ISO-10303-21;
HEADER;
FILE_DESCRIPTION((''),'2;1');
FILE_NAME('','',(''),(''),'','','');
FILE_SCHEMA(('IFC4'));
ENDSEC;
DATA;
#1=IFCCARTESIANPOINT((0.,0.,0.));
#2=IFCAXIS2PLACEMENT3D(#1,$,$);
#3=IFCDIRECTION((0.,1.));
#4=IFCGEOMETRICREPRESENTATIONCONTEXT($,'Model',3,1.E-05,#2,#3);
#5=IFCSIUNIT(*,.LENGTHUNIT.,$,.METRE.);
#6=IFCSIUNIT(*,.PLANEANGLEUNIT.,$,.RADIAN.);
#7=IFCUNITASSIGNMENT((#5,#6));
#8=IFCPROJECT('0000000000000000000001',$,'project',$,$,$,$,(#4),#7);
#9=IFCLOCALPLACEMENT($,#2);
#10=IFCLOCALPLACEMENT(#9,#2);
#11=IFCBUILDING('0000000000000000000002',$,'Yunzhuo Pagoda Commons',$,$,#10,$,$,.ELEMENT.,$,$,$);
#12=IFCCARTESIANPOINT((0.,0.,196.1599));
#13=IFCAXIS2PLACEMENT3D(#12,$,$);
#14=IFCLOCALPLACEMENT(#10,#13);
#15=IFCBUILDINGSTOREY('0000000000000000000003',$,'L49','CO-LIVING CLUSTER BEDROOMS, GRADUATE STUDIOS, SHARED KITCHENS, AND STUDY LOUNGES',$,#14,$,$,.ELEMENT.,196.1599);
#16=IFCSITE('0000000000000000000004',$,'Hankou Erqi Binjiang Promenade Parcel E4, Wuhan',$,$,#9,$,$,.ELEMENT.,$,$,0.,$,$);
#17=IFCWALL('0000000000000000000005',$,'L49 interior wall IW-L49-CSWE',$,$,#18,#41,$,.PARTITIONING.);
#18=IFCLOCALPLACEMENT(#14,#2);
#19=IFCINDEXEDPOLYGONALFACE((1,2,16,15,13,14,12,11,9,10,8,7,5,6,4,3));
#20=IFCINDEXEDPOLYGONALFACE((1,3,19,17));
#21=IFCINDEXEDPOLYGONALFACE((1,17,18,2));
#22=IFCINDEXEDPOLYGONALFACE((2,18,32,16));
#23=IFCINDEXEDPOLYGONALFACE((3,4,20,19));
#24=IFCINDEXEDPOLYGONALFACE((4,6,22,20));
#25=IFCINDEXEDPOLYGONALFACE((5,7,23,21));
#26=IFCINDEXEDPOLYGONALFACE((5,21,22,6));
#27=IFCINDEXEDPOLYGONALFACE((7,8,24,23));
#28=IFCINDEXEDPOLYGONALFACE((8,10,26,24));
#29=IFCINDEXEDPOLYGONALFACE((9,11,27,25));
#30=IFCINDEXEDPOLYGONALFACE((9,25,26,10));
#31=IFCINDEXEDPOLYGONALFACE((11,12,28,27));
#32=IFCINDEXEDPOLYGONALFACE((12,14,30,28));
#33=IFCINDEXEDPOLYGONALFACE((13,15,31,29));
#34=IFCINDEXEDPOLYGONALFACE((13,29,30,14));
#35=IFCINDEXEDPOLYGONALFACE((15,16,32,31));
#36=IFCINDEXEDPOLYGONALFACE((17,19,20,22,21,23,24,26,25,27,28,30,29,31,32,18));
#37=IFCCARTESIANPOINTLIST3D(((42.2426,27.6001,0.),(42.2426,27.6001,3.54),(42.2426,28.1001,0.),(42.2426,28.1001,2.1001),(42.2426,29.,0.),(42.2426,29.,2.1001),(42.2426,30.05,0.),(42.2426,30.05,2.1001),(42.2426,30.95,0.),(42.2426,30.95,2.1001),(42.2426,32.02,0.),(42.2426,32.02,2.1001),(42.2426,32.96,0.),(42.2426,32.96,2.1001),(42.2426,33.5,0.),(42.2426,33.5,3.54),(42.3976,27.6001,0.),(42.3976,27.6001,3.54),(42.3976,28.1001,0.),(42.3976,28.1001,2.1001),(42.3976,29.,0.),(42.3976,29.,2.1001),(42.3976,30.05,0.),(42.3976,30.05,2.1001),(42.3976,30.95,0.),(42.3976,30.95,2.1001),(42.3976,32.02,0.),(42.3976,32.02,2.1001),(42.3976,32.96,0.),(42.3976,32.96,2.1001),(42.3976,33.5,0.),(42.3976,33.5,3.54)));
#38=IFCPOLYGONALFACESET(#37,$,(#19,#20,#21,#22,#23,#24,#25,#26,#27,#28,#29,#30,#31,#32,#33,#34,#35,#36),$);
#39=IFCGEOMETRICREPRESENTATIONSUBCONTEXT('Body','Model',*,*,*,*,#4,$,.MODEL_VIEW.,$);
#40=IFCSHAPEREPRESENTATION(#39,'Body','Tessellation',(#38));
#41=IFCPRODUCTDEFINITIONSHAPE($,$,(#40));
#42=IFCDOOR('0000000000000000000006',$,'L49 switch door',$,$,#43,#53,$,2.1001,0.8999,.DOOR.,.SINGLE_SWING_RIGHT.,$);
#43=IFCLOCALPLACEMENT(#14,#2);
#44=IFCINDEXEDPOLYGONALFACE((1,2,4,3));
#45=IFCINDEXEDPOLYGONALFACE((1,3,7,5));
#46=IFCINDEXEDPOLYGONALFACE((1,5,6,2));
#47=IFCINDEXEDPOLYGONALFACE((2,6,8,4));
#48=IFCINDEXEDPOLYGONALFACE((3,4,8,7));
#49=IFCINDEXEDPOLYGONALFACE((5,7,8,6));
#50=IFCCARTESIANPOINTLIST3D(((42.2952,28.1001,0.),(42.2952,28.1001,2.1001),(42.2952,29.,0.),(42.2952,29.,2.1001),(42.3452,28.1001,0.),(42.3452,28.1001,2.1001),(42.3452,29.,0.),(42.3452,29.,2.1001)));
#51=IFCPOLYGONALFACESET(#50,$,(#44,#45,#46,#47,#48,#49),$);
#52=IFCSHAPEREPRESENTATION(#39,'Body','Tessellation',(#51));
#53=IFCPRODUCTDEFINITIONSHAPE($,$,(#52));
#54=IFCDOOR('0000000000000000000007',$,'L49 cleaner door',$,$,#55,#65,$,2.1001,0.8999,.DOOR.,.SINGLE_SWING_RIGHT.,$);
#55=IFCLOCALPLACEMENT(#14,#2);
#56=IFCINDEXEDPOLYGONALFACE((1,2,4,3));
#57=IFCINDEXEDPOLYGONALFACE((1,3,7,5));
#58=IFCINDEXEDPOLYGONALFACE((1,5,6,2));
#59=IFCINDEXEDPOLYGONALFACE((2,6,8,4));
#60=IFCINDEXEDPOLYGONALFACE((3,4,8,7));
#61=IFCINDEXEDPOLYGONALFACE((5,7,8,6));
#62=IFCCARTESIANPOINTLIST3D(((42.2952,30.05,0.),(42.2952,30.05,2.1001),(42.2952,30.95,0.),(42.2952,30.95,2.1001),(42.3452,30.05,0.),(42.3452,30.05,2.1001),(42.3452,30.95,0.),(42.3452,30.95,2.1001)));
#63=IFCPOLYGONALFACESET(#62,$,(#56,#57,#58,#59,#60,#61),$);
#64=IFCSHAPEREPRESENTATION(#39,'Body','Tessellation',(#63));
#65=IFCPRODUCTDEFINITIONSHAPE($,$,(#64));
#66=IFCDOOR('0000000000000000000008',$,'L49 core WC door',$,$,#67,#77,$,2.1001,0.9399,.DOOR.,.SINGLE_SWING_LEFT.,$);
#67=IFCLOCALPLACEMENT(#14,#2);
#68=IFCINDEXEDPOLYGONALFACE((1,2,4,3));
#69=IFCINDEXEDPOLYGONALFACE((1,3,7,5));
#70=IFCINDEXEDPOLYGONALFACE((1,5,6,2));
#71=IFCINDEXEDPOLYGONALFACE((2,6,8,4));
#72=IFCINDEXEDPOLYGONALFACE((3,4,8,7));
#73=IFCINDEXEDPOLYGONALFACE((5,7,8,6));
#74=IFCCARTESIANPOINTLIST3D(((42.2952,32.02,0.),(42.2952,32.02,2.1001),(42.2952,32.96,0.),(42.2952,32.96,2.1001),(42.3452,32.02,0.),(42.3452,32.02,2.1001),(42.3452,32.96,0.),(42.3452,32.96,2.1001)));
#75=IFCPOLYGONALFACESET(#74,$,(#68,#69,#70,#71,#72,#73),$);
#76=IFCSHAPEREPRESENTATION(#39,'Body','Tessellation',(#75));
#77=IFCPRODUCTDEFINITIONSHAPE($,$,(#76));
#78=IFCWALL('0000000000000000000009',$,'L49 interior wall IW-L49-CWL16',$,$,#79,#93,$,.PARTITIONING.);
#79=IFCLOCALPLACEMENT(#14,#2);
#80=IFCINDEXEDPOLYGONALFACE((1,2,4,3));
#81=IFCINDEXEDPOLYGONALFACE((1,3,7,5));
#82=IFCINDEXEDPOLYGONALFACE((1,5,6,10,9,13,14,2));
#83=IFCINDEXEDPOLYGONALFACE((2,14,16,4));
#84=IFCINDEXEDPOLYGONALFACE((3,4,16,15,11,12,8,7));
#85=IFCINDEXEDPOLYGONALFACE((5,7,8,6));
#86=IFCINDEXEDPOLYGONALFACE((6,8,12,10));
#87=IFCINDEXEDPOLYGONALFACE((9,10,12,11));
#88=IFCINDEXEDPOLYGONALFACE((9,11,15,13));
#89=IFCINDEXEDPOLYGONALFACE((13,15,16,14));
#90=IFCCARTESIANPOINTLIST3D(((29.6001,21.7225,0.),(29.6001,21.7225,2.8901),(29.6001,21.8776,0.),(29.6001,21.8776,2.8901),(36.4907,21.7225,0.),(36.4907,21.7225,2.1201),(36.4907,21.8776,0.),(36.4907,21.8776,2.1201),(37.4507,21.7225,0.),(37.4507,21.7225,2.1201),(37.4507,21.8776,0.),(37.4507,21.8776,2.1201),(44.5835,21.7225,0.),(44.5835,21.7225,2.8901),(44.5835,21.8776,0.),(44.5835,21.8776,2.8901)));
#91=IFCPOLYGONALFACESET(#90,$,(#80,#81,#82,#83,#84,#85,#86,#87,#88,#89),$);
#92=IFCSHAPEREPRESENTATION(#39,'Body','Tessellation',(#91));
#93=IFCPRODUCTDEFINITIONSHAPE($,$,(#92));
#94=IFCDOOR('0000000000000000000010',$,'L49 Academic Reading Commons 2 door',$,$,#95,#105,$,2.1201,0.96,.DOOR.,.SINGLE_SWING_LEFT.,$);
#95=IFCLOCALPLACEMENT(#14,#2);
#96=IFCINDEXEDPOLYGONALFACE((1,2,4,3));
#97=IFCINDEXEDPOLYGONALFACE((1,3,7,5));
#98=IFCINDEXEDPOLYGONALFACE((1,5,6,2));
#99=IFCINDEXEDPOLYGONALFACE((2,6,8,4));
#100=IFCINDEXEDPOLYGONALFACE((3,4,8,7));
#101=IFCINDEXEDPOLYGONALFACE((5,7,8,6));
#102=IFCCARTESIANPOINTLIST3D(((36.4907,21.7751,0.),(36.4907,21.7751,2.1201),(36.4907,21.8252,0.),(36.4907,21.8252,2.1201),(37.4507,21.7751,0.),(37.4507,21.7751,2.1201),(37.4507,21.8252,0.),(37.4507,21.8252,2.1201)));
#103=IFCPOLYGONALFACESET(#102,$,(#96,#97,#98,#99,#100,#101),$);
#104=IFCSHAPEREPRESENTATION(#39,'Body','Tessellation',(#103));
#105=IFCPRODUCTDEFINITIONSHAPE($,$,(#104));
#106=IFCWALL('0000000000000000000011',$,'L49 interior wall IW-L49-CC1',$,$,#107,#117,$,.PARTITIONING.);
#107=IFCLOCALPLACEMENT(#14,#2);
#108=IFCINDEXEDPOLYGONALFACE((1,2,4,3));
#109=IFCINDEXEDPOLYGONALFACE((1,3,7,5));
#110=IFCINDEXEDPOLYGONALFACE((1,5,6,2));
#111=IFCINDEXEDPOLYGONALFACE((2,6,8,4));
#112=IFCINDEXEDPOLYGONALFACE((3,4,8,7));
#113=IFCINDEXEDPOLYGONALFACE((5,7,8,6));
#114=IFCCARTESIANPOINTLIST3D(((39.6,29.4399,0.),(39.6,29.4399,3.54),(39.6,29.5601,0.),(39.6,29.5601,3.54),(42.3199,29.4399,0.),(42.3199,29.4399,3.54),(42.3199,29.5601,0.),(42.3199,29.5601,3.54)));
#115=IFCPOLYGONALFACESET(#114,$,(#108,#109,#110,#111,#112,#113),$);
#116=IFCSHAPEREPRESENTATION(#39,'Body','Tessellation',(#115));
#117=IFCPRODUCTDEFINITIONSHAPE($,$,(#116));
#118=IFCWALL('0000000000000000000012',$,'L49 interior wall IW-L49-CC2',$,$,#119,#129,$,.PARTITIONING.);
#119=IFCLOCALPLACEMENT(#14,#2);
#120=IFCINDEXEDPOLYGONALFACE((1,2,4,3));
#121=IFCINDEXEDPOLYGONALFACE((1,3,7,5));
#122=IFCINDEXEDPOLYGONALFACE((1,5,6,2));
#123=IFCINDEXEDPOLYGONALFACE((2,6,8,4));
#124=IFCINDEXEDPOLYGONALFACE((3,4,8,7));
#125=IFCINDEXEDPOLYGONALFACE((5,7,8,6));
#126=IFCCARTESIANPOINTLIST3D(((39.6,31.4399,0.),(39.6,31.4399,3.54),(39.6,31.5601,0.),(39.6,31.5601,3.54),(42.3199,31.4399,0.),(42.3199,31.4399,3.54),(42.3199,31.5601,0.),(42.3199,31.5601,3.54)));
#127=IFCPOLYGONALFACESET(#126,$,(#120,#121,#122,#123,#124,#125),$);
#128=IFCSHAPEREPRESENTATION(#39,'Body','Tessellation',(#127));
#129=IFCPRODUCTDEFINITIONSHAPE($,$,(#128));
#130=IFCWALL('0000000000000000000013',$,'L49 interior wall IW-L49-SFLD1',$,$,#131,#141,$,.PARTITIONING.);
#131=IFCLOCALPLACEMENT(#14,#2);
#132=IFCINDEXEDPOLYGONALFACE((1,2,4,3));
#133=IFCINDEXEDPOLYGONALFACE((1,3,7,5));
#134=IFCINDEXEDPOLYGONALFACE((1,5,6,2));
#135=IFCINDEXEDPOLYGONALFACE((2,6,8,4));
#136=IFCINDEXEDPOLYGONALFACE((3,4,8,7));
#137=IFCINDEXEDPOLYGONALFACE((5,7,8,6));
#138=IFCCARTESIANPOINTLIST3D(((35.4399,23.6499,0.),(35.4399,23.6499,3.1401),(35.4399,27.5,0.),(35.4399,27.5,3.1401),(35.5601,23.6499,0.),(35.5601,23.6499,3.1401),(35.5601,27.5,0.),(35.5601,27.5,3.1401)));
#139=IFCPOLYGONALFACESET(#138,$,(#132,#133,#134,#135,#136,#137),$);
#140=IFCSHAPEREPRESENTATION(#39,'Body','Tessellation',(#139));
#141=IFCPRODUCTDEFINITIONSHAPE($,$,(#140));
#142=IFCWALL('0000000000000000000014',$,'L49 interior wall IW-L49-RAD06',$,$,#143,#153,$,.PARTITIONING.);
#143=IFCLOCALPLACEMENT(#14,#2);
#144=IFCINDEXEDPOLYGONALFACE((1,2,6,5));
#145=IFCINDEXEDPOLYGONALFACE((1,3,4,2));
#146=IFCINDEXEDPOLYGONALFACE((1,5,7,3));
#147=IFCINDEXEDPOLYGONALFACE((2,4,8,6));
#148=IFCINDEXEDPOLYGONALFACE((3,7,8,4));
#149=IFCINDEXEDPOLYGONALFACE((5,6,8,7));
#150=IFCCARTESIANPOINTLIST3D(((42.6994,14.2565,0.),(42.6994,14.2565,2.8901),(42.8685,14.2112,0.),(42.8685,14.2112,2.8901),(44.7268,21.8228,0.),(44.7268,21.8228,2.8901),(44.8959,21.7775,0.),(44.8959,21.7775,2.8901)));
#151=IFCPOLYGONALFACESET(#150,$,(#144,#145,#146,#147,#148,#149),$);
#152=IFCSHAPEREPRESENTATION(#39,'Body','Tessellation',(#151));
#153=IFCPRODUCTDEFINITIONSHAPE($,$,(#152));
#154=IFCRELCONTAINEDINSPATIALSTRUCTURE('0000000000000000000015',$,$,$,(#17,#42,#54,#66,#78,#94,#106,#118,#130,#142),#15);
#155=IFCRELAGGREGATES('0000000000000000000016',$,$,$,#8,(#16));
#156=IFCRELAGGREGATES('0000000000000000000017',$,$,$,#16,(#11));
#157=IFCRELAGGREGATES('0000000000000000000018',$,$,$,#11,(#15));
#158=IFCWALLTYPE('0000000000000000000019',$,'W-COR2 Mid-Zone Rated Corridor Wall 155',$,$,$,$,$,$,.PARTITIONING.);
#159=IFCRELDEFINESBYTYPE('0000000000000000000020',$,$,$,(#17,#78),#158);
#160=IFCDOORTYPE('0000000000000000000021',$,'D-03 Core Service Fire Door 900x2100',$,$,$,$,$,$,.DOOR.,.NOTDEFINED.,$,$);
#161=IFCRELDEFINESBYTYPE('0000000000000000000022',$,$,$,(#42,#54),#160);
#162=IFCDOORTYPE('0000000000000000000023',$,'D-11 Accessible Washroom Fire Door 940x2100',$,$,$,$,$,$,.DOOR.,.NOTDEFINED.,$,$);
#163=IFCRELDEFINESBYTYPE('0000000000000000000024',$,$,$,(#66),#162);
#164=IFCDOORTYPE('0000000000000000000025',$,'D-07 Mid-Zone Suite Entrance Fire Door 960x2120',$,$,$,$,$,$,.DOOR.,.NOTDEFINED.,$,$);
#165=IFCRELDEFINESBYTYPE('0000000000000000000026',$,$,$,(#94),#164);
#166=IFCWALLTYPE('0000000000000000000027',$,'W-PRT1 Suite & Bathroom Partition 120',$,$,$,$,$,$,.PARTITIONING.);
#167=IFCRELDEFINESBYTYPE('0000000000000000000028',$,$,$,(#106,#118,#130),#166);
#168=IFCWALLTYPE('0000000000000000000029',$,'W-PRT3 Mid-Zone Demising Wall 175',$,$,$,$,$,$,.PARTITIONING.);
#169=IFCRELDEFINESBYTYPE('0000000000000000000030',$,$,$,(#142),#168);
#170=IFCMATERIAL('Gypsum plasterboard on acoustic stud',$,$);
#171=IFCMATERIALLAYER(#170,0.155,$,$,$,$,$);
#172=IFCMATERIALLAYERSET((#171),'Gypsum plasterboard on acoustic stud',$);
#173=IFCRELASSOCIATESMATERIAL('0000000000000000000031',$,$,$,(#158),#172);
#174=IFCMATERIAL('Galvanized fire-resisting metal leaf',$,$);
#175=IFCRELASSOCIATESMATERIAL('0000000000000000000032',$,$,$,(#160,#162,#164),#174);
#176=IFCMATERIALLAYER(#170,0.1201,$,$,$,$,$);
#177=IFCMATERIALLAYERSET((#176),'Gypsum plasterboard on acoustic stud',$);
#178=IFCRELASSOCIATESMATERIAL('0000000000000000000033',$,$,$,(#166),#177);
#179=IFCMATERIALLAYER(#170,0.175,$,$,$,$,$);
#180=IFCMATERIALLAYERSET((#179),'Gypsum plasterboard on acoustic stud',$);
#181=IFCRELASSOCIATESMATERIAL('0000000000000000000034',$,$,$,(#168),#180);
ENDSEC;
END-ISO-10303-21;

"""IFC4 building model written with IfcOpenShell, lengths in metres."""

from ifc_helpers import new_model, si_unit, direction, frame, frame_2d, origin, origin_with_axes, place, context, subcontext, project, spatial, rectangle, extrude, source, transform, mapped, material, layer, layer_set, type_object, element, fill, save


model = new_model("IFC4")

# Units and contexts
model_context = context("Model", 3, precision=1e-05, world=origin(), true_north=direction((0.0, 1.0)))
body_context = subcontext(model_context, "Body", "Model", "MODEL_VIEW")
ifc_project = project(units=[si_unit("LENGTHUNIT", "METRE"), si_unit("PLANEANGLEUNIT", "RADIAN")], contexts=[model_context])

# Site, building, storey
site_placement = place(None, origin())
site = spatial("IfcSite", under=ifc_project, at=site_placement, Name="Hankou Erqi Binjiang Promenade Parcel E4, Wuhan", CompositionType="ELEMENT", RefElevation=0.0)
building_placement = place(site_placement, origin())
building = spatial("IfcBuilding", under=site, at=building_placement, Name="Yunzhuo Pagoda Commons", CompositionType="ELEMENT")
storey_placement = place(building_placement, frame((0.0, 0.0, 196.1599)))
storey = spatial("IfcBuildingStorey", under=building, at=storey_placement, Name="L49", Description="CO-LIVING CLUSTER BEDROOMS, GRADUATE STUDIOS, SHARED KITCHENS, AND STUDY LOUNGES", CompositionType="ELEMENT", Elevation=196.1599)

# Wall, openings, doors
ifc_material_1 = material(Name="Gypsum plasterboard on acoustic stud")
ifc_layer_1 = layer(ifc_material_1, 0.155)
ifc_layer_set_1 = layer_set([ifc_layer_1], Name="Gypsum plasterboard on acoustic stud")
wall_type_1 = type_object("IfcWallType", Name="W-COR2 Mid-Zone Rated Corridor Wall 155", PredefinedType="PARTITIONING", material=ifc_layer_set_1)
wall_1_placement = place(storey_placement, frame((42.3201, 27.6001, 0.0), z_axis=(0.0, 0.0, 1.0), x_axis=(0.0, 1.0, 0.0)))
wall_1 = element("IfcWall", 1, at=wall_1_placement, inside=storey, type_object=wall_type_1, Name="L49 interior wall IW-L49-CSWE", PredefinedType="PARTITIONING", context=body_context, shape_type="SweptSolid", body=[
    extrude(rectangle(XDim=5.8999, YDim=0.155, at=frame_2d((2.95, 0.0))), origin(), (0.0, 0.0, 1.0), 3.54),
])
opening_1_placement = place(wall_1_placement, frame((0.5, 0.0, 0.0)))
opening_1 = element("IfcOpeningElement", 2, at=opening_1_placement, cuts=wall_1, PredefinedType="OPENING", context=body_context, shape_type="SweptSolid", body=[
    extrude(rectangle(XDim=0.8999, YDim=2.1001, at=frame_2d((0.45, 1.05))), frame((0.0, 0.0874, 0.0), z_axis=(0.0, -1.0, 0.0), x_axis=(1.0, 0.0, 0.0)), (0.0, 0.0, 1.0), 0.175),
])
opening_2_placement = place(wall_1_placement, frame((2.45, 0.0, 0.0)))
opening_2 = element("IfcOpeningElement", 3, at=opening_2_placement, cuts=wall_1, PredefinedType="OPENING", context=body_context, shape_type="SweptSolid", body=[
    extrude(rectangle(XDim=0.8999, YDim=2.1001, at=frame_2d((0.45, 1.05))), frame((0.0, 0.0874, 0.0), z_axis=(0.0, -1.0, 0.0), x_axis=(1.0, 0.0, 0.0)), (0.0, 0.0, 1.0), 0.175),
])
opening_3_placement = place(wall_1_placement, frame((4.4199, 0.0, 0.0)))
opening_3 = element("IfcOpeningElement", 4, at=opening_3_placement, cuts=wall_1, PredefinedType="OPENING", context=body_context, shape_type="SweptSolid", body=[
    extrude(rectangle(XDim=0.9399, YDim=2.1001, at=frame_2d((0.47, 1.05))), frame((0.0, 0.0874, 0.0), z_axis=(0.0, -1.0, 0.0), x_axis=(1.0, 0.0, 0.0)), (0.0, 0.0, 1.0), 0.175),
])
ifc_material_2 = material(Name="Galvanized fire-resisting metal leaf")
door_type_1 = type_object("IfcDoorType", Name="D-03 Core Service Fire Door 900x2100", OperationType="NOTDEFINED", PredefinedType="DOOR", material=ifc_material_2)
shared_shape_1 = source(origin(), body_context, "Body", "SweptSolid", [
    extrude(rectangle(XDim=0.8999, YDim=2.1001, at=frame_2d((0.45, 1.05))), frame((0.0, 0.0249, 0.0), z_axis=(0.0, -1.0, 0.0), x_axis=(1.0, 0.0, 0.0)), (0.0, 0.0, 1.0), 0.05),
])
door_1_placement = place(opening_1_placement, origin_with_axes())
door_1 = element("IfcDoor", 5, at=door_1_placement, inside=storey, type_object=door_type_1, Name="L49 switch door", OperationType="SINGLE_SWING_RIGHT", OverallHeight=2.1001, OverallWidth=0.8999, PredefinedType="DOOR", context=body_context, shape_type="MappedRepresentation", body=[
    mapped(shared_shape_1, transform((0.0, 0.0, 0.0), scale=1.0)),
])
fill(opening_1, door_1)
door_2_placement = place(opening_2_placement, origin_with_axes())
door_2 = element("IfcDoor", 6, at=door_2_placement, inside=storey, type_object=door_type_1, Name="L49 cleaner door", OperationType="SINGLE_SWING_RIGHT", OverallHeight=2.1001, OverallWidth=0.8999, PredefinedType="DOOR", context=body_context, shape_type="MappedRepresentation", body=[
    mapped(shared_shape_1, transform((0.0, 0.0, 0.0), scale=1.0)),
])
fill(opening_2, door_2)
door_type_2 = type_object("IfcDoorType", Name="D-11 Accessible Washroom Fire Door 940x2100", OperationType="NOTDEFINED", PredefinedType="DOOR", material=ifc_material_2)
shared_shape_2 = source(origin(), body_context, "Body", "SweptSolid", [
    extrude(rectangle(XDim=0.9399, YDim=2.1001, at=frame_2d((0.47, 1.05))), frame((0.0, 0.0249, 0.0), z_axis=(0.0, -1.0, 0.0), x_axis=(1.0, 0.0, 0.0)), (0.0, 0.0, 1.0), 0.05),
])
door_3_placement = place(opening_3_placement, origin_with_axes())
door_3 = element("IfcDoor", 7, at=door_3_placement, inside=storey, type_object=door_type_2, Name="L49 core WC door", OperationType="SINGLE_SWING_LEFT", OverallHeight=2.1001, OverallWidth=0.9399, PredefinedType="DOOR", context=body_context, shape_type="MappedRepresentation", body=[
    mapped(shared_shape_2, transform((0.0, 0.0, 0.0), scale=1.0)),
])
fill(opening_3, door_3)

# Wall, opening, door
wall_2_placement = place(storey_placement, frame((44.5835, 21.8, 0.0), z_axis=(0.0, 0.0, 1.0), x_axis=(-1.0, 0.0, 0.0)))
wall_2 = element("IfcWall", 8, at=wall_2_placement, inside=storey, type_object=wall_type_1, Name="L49 interior wall IW-L49-CWL16", PredefinedType="PARTITIONING", context=body_context, shape_type="SweptSolid", body=[
    extrude(rectangle(XDim=14.9834, YDim=0.155, at=frame_2d((7.4917, 0.0))), origin(), (0.0, 0.0, 1.0), 2.8901),
])
opening_4_placement = place(wall_2_placement, frame((7.1328, 0.0, 0.0)))
opening_4 = element("IfcOpeningElement", 9, at=opening_4_placement, cuts=wall_2, PredefinedType="OPENING", context=body_context, shape_type="SweptSolid", body=[
    extrude(rectangle(XDim=0.96, YDim=2.1201, at=frame_2d((0.48, 1.0601))), frame((0.0, 0.0874, 0.0), z_axis=(0.0, -1.0, 0.0), x_axis=(1.0, 0.0, 0.0)), (0.0, 0.0, 1.0), 0.175),
])
door_type_3 = type_object("IfcDoorType", Name="D-07 Mid-Zone Suite Entrance Fire Door 960x2120", OperationType="NOTDEFINED", PredefinedType="DOOR", material=ifc_material_2)
shared_shape_3 = source(origin(), body_context, "Body", "SweptSolid", [
    extrude(rectangle(XDim=0.96, YDim=2.1201, at=frame_2d((0.48, 1.0601))), frame((0.0, 0.0249, 0.0), z_axis=(0.0, -1.0, 0.0), x_axis=(1.0, 0.0, 0.0)), (0.0, 0.0, 1.0), 0.05),
])
door_4_placement = place(opening_4_placement, origin_with_axes())
door_4 = element("IfcDoor", 10, at=door_4_placement, inside=storey, type_object=door_type_3, Name="L49 Academic Reading Commons 2 door", OperationType="SINGLE_SWING_LEFT", OverallHeight=2.1201, OverallWidth=0.96, PredefinedType="DOOR", context=body_context, shape_type="MappedRepresentation", body=[
    mapped(shared_shape_3, transform((0.0, 0.0, 0.0), scale=1.0)),
])
fill(opening_4, door_4)

# Walls
ifc_layer_2 = layer(ifc_material_1, 0.1201)
ifc_layer_set_2 = layer_set([ifc_layer_2], Name="Gypsum plasterboard on acoustic stud")
wall_type_2 = type_object("IfcWallType", Name="W-PRT1 Suite & Bathroom Partition 120", PredefinedType="PARTITIONING", material=ifc_layer_set_2)
for number, where, z_axis, x_axis, name in (
    (11, (39.6001, 29.5, 0.0), (0.0, 0.0, 1.0), (1.0, 0.0, 0.0), "L49 interior wall IW-L49-CC1"),
    (12, (39.6001, 31.5, 0.0), (0.0, 0.0, 1.0), (1.0, 0.0, 0.0), "L49 interior wall IW-L49-CC2"),
):
    element("IfcWall", number, at=place(storey_placement, frame(where, z_axis=z_axis, x_axis=x_axis)), inside=storey, type_object=wall_type_2, Name=name, PredefinedType="PARTITIONING", context=body_context, shape_type="SweptSolid", body=[
        extrude(rectangle(XDim=2.72, YDim=0.1201, at=frame_2d((1.3599, 0.0))), origin(), (0.0, 0.0, 1.0), 3.54),
    ])
wall_3_placement = place(storey_placement, frame((35.5, 23.6499, 0.0), z_axis=(0.0, 0.0, 1.0), x_axis=(0.0, 1.0, 0.0)))
element("IfcWall", 13, at=wall_3_placement, inside=storey, type_object=wall_type_2, Name="L49 interior wall IW-L49-SFLD1", PredefinedType="PARTITIONING", context=body_context, shape_type="SweptSolid", body=[
    extrude(rectangle(XDim=3.8501, YDim=0.1201, at=frame_2d((1.925, 0.0))), origin(), (0.0, 0.0, 1.0), 3.1401),
])
ifc_layer_3 = layer(ifc_material_1, 0.175)
ifc_layer_set_3 = layer_set([ifc_layer_3], Name="Gypsum plasterboard on acoustic stud")
wall_type_3 = type_object("IfcWallType", Name="W-PRT3 Mid-Zone Demising Wall 175", PredefinedType="PARTITIONING", material=ifc_layer_set_3)
wall_4_placement = place(storey_placement, frame((44.8113, 21.8, 0.0), z_axis=(0.0, 0.0, 1.0), x_axis=(-0.258811, -0.965928, 0.0)))
element("IfcWall", 14, at=wall_4_placement, inside=storey, type_object=wall_type_3, Name="L49 interior wall IW-L49-RAD06", PredefinedType="PARTITIONING", context=body_context, shape_type="SweptSolid", body=[
    extrude(rectangle(XDim=7.8333, YDim=0.175, at=frame_2d((3.9165, 0.0))), origin(), (0.0, 0.0, 1.0), 2.8901),
])

save(model, "model.ifc")
